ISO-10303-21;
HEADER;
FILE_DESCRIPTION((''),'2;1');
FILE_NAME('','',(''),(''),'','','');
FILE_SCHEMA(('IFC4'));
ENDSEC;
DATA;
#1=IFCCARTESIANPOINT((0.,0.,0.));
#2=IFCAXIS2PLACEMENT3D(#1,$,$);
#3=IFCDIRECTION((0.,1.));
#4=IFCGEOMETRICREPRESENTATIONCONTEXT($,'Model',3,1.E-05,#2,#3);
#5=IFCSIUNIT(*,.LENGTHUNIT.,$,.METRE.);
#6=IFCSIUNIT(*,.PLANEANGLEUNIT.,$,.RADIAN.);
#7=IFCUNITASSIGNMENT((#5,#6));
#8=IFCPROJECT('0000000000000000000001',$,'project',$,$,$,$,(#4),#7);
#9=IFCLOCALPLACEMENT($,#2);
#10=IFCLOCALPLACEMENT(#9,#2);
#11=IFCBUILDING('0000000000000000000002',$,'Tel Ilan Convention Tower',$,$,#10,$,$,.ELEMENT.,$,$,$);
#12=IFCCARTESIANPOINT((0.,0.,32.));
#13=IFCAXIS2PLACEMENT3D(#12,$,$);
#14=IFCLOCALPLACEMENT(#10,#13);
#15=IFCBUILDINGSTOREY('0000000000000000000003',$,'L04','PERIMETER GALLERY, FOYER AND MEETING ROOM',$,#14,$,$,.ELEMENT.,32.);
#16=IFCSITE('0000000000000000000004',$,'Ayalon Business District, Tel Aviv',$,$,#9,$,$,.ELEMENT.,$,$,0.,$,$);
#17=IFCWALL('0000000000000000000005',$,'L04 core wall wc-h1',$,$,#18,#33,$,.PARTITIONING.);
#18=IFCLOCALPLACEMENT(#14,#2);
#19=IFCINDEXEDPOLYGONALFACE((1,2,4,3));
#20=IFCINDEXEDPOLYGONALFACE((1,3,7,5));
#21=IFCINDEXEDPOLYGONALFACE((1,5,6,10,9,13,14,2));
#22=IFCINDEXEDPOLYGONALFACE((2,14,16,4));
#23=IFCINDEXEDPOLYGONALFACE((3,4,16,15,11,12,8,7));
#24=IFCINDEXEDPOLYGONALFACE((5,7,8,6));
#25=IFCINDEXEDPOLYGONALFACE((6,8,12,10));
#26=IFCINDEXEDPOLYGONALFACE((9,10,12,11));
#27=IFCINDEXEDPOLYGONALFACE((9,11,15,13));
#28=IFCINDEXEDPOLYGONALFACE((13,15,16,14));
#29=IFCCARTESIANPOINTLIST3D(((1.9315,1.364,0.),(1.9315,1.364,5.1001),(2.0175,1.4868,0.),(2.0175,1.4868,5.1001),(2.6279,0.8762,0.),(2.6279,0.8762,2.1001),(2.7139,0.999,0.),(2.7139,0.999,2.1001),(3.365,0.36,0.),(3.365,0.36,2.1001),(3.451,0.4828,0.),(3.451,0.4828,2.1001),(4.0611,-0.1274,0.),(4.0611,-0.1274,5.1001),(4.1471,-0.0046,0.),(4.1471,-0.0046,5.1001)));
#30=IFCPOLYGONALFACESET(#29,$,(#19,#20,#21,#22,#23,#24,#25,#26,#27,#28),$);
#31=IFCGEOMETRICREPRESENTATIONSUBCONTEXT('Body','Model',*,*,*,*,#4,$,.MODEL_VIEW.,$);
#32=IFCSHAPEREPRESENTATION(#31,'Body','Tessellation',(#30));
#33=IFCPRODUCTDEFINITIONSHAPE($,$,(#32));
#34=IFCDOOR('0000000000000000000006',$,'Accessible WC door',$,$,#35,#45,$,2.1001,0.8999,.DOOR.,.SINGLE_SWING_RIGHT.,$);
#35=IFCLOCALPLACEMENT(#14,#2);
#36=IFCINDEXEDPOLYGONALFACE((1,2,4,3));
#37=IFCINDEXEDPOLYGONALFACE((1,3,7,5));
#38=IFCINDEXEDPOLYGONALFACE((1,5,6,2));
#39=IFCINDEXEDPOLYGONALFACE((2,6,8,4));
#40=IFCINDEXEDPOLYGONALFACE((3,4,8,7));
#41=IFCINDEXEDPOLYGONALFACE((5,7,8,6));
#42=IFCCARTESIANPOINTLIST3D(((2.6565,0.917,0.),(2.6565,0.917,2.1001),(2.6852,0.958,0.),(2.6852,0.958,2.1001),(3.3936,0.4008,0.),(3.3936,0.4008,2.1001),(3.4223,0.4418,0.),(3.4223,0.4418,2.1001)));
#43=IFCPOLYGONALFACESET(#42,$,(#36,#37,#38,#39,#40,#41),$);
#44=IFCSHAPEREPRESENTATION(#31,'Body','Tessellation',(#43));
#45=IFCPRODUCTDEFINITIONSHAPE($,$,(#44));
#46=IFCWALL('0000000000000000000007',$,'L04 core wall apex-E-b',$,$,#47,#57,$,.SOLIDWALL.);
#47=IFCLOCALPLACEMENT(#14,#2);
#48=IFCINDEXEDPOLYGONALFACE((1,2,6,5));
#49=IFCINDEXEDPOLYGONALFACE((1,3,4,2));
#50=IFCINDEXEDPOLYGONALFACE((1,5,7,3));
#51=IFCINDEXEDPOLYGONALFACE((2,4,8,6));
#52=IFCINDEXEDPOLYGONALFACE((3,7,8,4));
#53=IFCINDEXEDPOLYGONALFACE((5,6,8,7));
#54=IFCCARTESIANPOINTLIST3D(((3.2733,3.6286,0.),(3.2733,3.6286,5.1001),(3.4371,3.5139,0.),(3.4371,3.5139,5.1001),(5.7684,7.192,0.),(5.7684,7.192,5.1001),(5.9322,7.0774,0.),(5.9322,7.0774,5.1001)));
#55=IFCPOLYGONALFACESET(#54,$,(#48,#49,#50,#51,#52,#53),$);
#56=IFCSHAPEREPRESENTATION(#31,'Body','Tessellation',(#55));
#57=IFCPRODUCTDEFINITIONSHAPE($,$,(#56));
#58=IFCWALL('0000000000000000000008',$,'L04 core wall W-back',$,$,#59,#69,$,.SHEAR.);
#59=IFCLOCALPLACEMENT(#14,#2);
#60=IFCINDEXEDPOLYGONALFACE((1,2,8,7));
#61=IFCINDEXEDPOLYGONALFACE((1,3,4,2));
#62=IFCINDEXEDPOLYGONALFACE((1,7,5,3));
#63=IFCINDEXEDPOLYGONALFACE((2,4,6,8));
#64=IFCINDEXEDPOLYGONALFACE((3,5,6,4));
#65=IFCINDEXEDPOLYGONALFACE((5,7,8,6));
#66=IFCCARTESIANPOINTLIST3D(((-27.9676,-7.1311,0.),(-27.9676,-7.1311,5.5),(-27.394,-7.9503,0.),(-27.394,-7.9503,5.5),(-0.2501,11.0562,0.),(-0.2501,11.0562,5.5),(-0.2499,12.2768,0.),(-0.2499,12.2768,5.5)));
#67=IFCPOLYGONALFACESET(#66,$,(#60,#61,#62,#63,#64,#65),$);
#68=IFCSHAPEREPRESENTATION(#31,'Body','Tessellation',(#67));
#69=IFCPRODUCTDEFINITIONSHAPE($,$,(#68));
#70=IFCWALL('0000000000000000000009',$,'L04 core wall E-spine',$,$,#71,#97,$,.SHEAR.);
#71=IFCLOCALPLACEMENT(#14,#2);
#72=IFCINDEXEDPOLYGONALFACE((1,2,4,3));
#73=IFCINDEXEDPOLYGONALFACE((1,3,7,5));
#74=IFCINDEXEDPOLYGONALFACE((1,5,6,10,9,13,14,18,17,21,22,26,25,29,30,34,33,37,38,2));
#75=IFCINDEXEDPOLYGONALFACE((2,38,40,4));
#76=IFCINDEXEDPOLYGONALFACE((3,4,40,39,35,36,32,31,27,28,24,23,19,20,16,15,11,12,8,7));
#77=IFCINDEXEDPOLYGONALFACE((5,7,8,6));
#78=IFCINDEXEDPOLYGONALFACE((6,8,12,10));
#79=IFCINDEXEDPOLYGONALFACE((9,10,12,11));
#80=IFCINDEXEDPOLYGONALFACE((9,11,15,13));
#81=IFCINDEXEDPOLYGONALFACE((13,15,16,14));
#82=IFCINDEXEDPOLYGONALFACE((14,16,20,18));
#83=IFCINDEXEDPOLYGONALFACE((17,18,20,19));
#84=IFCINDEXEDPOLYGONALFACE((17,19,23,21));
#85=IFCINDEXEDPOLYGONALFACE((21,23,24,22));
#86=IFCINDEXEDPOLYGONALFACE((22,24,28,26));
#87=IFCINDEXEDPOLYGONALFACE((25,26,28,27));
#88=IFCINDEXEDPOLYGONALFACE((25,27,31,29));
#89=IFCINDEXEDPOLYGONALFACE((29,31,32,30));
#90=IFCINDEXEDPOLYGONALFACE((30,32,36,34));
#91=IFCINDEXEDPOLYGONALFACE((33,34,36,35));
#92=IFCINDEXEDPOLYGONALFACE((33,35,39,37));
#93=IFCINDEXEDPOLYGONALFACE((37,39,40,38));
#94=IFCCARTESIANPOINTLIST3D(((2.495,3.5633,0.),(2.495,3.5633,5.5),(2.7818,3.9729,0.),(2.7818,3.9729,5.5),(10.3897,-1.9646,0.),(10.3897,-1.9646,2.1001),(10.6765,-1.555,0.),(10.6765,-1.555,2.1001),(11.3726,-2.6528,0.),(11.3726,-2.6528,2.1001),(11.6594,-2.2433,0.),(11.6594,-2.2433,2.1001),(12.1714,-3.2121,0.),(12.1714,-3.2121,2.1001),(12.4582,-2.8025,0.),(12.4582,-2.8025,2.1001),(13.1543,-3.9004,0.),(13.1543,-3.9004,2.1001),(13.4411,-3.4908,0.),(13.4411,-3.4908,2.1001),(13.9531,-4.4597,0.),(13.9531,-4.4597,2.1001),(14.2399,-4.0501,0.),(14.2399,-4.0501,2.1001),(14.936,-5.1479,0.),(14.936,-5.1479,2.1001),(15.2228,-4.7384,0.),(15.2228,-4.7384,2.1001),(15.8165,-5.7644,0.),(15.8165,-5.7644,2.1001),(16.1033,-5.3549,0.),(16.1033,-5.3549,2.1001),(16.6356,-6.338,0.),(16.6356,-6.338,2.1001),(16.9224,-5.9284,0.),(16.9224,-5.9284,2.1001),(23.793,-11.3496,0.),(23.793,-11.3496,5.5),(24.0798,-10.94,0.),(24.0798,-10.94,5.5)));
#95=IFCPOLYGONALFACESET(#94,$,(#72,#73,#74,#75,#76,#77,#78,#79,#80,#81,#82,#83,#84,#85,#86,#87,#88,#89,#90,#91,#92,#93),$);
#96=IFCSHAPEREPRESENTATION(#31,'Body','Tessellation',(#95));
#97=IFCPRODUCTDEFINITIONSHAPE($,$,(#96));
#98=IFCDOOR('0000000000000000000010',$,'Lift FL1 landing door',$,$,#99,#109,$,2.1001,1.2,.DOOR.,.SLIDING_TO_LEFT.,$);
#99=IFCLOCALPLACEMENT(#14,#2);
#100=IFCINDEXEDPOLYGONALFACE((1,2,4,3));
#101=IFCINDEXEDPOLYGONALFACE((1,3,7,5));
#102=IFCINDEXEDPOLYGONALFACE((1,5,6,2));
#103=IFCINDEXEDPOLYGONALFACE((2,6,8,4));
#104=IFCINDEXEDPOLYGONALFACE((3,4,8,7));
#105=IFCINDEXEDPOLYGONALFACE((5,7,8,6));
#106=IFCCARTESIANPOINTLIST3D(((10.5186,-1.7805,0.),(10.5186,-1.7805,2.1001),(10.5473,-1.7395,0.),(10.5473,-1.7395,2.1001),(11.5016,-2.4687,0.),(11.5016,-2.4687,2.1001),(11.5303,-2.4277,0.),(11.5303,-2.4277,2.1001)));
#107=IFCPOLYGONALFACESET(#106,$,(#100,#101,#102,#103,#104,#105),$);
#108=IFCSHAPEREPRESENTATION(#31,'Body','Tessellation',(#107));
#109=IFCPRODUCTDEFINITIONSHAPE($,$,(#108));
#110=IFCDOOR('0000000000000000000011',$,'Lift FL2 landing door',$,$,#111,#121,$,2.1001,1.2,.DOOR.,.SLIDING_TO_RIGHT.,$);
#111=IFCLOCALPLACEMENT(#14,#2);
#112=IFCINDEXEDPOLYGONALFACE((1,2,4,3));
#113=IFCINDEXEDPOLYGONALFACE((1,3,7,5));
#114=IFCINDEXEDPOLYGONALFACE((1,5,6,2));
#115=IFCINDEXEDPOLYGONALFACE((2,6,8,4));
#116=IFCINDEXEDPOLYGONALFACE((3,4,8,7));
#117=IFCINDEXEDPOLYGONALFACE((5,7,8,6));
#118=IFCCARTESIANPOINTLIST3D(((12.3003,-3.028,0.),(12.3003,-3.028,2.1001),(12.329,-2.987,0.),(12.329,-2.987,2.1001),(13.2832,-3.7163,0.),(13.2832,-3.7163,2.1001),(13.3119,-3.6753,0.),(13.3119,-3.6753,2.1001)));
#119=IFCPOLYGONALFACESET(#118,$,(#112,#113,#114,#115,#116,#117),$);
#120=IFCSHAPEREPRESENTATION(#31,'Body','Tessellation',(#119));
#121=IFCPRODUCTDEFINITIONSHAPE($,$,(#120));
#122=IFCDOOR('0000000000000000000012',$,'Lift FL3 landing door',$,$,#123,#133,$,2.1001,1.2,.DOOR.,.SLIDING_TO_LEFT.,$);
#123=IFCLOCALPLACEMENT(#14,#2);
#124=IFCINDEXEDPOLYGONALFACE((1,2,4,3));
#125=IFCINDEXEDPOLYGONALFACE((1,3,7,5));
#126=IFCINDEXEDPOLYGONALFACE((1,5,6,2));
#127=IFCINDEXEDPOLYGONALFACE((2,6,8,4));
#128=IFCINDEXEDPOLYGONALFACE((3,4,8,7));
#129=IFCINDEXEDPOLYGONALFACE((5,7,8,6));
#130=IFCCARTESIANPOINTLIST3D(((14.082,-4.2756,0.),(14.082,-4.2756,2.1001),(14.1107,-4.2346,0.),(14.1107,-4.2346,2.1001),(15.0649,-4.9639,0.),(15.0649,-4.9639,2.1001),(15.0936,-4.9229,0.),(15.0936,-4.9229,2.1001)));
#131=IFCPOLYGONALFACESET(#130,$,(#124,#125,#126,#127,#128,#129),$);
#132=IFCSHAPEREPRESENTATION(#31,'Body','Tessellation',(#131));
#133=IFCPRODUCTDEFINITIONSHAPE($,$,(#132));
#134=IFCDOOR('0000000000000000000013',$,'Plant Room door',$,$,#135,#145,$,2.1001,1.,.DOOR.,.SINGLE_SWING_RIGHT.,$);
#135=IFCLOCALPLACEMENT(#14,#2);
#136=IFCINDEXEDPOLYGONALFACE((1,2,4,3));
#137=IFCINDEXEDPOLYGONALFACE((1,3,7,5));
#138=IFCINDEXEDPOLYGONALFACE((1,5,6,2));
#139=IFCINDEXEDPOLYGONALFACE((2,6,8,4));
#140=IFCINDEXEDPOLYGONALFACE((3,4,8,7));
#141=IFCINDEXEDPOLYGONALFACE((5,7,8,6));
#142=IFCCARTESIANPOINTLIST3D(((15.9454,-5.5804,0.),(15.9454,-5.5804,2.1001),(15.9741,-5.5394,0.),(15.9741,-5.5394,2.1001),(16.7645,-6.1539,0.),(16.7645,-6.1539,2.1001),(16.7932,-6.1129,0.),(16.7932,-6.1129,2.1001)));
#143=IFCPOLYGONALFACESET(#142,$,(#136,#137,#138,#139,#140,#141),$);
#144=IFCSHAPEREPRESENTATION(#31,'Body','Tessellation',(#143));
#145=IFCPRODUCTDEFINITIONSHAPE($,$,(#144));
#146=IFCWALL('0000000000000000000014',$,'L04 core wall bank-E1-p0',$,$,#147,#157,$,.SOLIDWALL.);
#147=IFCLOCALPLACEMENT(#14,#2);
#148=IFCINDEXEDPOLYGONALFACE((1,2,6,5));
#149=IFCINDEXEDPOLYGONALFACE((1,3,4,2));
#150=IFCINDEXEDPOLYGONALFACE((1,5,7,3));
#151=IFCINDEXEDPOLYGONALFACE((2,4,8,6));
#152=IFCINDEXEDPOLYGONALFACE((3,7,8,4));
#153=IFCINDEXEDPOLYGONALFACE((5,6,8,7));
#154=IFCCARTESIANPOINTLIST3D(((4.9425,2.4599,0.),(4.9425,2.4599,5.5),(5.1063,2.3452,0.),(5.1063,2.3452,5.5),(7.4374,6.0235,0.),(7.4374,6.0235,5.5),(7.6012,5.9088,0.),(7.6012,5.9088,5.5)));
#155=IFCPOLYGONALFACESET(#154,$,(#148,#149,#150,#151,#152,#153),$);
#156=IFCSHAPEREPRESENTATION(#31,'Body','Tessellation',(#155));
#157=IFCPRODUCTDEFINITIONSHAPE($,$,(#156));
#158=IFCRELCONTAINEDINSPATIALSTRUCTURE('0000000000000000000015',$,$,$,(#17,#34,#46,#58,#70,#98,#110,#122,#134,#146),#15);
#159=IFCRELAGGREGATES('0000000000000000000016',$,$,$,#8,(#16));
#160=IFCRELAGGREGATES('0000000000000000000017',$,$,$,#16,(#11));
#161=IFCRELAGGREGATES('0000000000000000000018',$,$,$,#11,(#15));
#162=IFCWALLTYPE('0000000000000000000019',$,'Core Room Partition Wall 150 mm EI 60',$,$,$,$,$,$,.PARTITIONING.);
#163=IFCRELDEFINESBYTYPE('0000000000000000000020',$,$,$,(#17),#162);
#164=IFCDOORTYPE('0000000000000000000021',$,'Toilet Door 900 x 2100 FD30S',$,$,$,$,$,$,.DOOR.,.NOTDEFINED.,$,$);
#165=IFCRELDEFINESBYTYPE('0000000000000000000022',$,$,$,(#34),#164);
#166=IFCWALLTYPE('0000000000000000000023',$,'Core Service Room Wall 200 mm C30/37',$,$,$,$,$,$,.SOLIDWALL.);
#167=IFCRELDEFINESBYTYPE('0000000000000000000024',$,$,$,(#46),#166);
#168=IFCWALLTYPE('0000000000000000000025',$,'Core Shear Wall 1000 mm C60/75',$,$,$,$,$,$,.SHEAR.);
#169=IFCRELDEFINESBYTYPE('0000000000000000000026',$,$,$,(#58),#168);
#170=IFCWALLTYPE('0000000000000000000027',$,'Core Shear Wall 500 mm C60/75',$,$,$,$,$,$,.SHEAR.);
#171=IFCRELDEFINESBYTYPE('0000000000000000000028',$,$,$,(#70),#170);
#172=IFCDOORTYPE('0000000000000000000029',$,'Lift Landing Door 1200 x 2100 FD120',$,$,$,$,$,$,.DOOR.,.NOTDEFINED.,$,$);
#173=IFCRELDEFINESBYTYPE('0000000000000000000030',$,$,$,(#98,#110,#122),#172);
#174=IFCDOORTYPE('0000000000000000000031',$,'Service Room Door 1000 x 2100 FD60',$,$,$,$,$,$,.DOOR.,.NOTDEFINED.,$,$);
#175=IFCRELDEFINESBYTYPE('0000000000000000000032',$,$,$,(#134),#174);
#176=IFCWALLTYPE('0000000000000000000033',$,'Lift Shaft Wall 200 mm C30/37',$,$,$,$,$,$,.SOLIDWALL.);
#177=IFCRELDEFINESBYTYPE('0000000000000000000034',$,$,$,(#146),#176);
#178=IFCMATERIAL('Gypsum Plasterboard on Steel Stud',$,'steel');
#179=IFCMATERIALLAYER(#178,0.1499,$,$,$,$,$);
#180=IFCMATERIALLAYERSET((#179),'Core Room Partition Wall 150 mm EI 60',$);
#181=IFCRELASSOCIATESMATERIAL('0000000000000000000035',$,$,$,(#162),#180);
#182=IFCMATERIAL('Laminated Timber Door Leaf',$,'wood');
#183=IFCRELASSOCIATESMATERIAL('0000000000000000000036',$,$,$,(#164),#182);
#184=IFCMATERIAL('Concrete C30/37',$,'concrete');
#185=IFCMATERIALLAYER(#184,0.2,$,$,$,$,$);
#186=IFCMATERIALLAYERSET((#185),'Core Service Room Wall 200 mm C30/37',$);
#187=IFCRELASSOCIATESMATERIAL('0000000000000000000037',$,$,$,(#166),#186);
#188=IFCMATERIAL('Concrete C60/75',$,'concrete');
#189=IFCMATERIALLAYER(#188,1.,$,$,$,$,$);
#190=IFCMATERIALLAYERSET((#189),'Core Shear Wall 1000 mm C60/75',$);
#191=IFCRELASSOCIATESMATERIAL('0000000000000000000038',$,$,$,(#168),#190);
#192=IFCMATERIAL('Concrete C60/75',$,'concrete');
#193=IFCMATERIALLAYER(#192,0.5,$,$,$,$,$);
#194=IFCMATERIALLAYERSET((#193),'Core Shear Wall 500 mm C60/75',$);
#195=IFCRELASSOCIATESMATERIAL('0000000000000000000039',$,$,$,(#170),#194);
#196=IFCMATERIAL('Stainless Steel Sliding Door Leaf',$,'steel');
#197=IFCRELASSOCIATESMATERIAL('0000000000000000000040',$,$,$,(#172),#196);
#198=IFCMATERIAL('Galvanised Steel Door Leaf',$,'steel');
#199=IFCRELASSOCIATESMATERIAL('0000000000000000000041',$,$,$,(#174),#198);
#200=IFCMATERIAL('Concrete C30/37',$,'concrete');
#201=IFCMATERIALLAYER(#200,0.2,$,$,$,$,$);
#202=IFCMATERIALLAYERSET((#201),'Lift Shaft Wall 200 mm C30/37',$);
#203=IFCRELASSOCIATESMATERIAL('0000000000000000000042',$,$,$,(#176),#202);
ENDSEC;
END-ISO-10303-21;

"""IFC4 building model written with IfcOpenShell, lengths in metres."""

from ifc_helpers import new_model, si_unit, direction, frame, frame_2d, origin, place, context, subcontext, project, spatial, polyline, rectangle, outline, extrude, material, layer, layer_set, type_object, element, fill, save


model = new_model("IFC4")

# Units and contexts
model_context = context("Model", 3, precision=1e-05, world=origin(), true_north=direction((0.0, 1.0)))
body_context = subcontext(model_context, "Body", "Model", "MODEL_VIEW")
ifc_project = project(units=[si_unit("LENGTHUNIT", "METRE"), si_unit("PLANEANGLEUNIT", "RADIAN")], contexts=[model_context])

# Site, building, storey
site_placement = place(None, origin())
site = spatial("IfcSite", under=ifc_project, at=site_placement, Name="Ayalon Business District, Tel Aviv", CompositionType="ELEMENT", RefElevation=0.0)
building_placement = place(site_placement, origin())
building = spatial("IfcBuilding", under=site, at=building_placement, Name="Tel Ilan Convention Tower", CompositionType="ELEMENT")
storey_placement = place(building_placement, frame((0.0, 0.0, 32.0)))
storey = spatial("IfcBuildingStorey", under=building, at=storey_placement, Name="L04", Description="PERIMETER GALLERY, FOYER AND MEETING ROOM", CompositionType="ELEMENT", Elevation=32.0)

# Wall, opening, door
ifc_material_1 = material(Name="Gypsum Plasterboard on Steel Stud", Category="steel")
ifc_layer_1 = layer(ifc_material_1, 0.1499)
ifc_layer_set_1 = layer_set([ifc_layer_1], Name="Core Room Partition Wall 150 mm EI 60")
wall_type_1 = type_object("IfcWallType", Name="Core Room Partition Wall 150 mm EI 60", PredefinedType="PARTITIONING", material=ifc_layer_set_1)
wall_1_placement = place(storey_placement, frame((1.9746, 1.4253, 0.0), z_axis=(0.0, 0.0, 1.0), x_axis=(0.819104, -0.573645, 0.0)))
wall_1 = element("IfcWall", 1, at=wall_1_placement, inside=storey, type_object=wall_type_1, Name="L04 core wall wc-h1", PredefinedType="PARTITIONING", context=body_context, shape_type="SweptSolid", body=[
    extrude(rectangle(XDim=2.5999, YDim=0.1499, at=frame_2d((1.2998, 0.0))), origin(), (0.0, 0.0, 1.0), 5.1001),
])
opening_1_placement = place(wall_1_placement, frame((0.8501, 0.0, 0.0)))
opening_1 = element("IfcOpeningElement", 2, at=opening_1_placement, cuts=wall_1, PredefinedType="OPENING", context=body_context, shape_type="SweptSolid", body=[
    extrude(rectangle(XDim=0.8999, YDim=2.1001, at=frame_2d((0.45, 1.05))), frame((0.0, 0.085, 0.0), z_axis=(0.0, -1.0, 0.0), x_axis=(1.0, 0.0, 0.0)), (0.0, 0.0, 1.0), 0.1699),
])
ifc_material_2 = material(Name="Laminated Timber Door Leaf", Category="wood")
door_type_1 = type_object("IfcDoorType", Name="Toilet Door 900 x 2100 FD30S", OperationType="NOTDEFINED", PredefinedType="DOOR", material=ifc_material_2)
door_1_placement = place(opening_1_placement, origin())
door_1 = element("IfcDoor", 3, at=door_1_placement, inside=storey, type_object=door_type_1, Name="Accessible WC door", OperationType="SINGLE_SWING_RIGHT", OverallHeight=2.1001, OverallWidth=0.8999, PredefinedType="DOOR", context=body_context, shape_type="SweptSolid", body=[
    extrude(rectangle(XDim=0.8999, YDim=2.1001, at=frame_2d((0.45, 1.05))), frame((0.0, 0.0249, 0.0), z_axis=(0.0, -1.0, 0.0), x_axis=(1.0, 0.0, 0.0)), (0.0, 0.0, 1.0), 0.05),
])
fill(opening_1, door_1)

# Walls
ifc_material_3 = material(Name="Concrete C30/37", Category="concrete")
ifc_layer_2 = layer(ifc_material_3, 0.2)
ifc_layer_set_2 = layer_set([ifc_layer_2], Name="Core Service Room Wall 200 mm C30/37")
wall_type_2 = type_object("IfcWallType", Name="Core Service Room Wall 200 mm C30/37", PredefinedType="SOLIDWALL", material=ifc_layer_set_2)
wall_2_placement = place(storey_placement, frame((3.3552, 3.5713, 0.0), z_axis=(0.0, 0.0, 1.0), x_axis=(0.573568, 0.819158, 0.0)))
element("IfcWall", 4, at=wall_2_placement, inside=storey, type_object=wall_type_2, Name="L04 core wall apex-E-b", PredefinedType="SOLIDWALL", context=body_context, shape_type="SweptSolid", body=[
    extrude(rectangle(XDim=4.3501, YDim=0.2, at=frame_2d((2.175, 0.0))), origin(), (0.0, 0.0, 1.0), 5.1001),
])
ifc_material_4 = material(Name="Concrete C60/75", Category="concrete")
ifc_layer_3 = layer(ifc_material_4, 1.0)
ifc_layer_set_3 = layer_set([ifc_layer_3], Name="Core Shear Wall 1000 mm C60/75")
wall_type_3 = type_object("IfcWallType", Name="Core Shear Wall 1000 mm C60/75", PredefinedType="SHEAR", material=ifc_layer_set_3)
wall_3_placement = place(storey_placement, frame((0.0369, 11.8672, 0.0), z_axis=(0.0, 0.0, 1.0), x_axis=(-0.819155, -0.573572, 0.0)))
element("IfcWall", 5, at=wall_3_placement, inside=storey, type_object=wall_type_3, Name="L04 core wall W-back", PredefinedType="SHEAR", context=body_context, shape_type="SweptSolid", body=[
    extrude(outline(polyline([(33.8369, 0.5), (0.7002, 0.4998), (0.0, -0.5), (33.8369, -0.5), (33.8369, 0.5)])), origin(), (0.0, 0.0, 1.0), 5.5),
])

# Wall, openings, doors
ifc_material_5 = material(Name="Concrete C60/75", Category="concrete")
ifc_layer_4 = layer(ifc_material_5, 0.5)
ifc_layer_set_4 = layer_set([ifc_layer_4], Name="Core Shear Wall 500 mm C60/75")
wall_type_4 = type_object("IfcWallType", Name="Core Shear Wall 500 mm C60/75", PredefinedType="SHEAR", material=ifc_layer_set_4)
wall_4_placement = place(storey_placement, frame((2.6384, 3.7681, 0.0), z_axis=(0.0, 0.0, 1.0), x_axis=(0.819149, -0.573581, 0.0)))
wall_4 = element("IfcWall", 6, at=wall_4_placement, inside=storey, type_object=wall_type_4, Name="L04 core wall E-spine", PredefinedType="SHEAR", context=body_context, shape_type="SweptSolid", body=[
    extrude(outline(polyline([(0.0, 0.25), (0.0, -0.25), (26.0, -0.2498), (26.0, 0.2502), (0.0, 0.25)])), origin(), (0.0, 0.0, 1.0), 5.5),
])
opening_2_placement = place(wall_4_placement, frame((9.6375, 0.0, 0.0)))
opening_2 = element("IfcOpeningElement", 7, at=opening_2_placement, cuts=wall_4, PredefinedType="OPENING", context=body_context, shape_type="SweptSolid", body=[
    extrude(rectangle(XDim=1.2, YDim=2.1001, at=frame_2d((0.6001, 1.05))), frame((0.0, 0.26, 0.0), z_axis=(0.0, -1.0, 0.0), x_axis=(1.0, 0.0, 0.0)), (0.0, 0.0, 1.0), 0.52),
])
opening_3_placement = place(wall_4_placement, frame((11.8125, 0.0, 0.0)))
opening_3 = element("IfcOpeningElement", 8, at=opening_3_placement, cuts=wall_4, PredefinedType="OPENING", context=body_context, shape_type="SweptSolid", body=[
    extrude(rectangle(XDim=1.2, YDim=2.1001, at=frame_2d((0.6001, 1.05))), frame((0.0, 0.26, 0.0), z_axis=(0.0, -1.0, 0.0), x_axis=(1.0, 0.0, 0.0)), (0.0, 0.0, 1.0), 0.52),
])
opening_4_placement = place(wall_4_placement, frame((13.9875, 0.0, 0.0)))
opening_4 = element("IfcOpeningElement", 9, at=opening_4_placement, cuts=wall_4, PredefinedType="OPENING", context=body_context, shape_type="SweptSolid", body=[
    extrude(rectangle(XDim=1.2, YDim=2.1001, at=frame_2d((0.6001, 1.05))), frame((0.0, 0.26, 0.0), z_axis=(0.0, -1.0, 0.0), x_axis=(1.0, 0.0, 0.0)), (0.0, 0.0, 1.0), 0.52),
])
opening_5_placement = place(wall_4_placement, frame((16.2625, 0.0, 0.0)))
opening_5 = element("IfcOpeningElement", 10, at=opening_5_placement, cuts=wall_4, PredefinedType="OPENING", context=body_context, shape_type="SweptSolid", body=[
    extrude(rectangle(XDim=1.0, YDim=2.1001, at=frame_2d((0.5, 1.05))), frame((0.0, 0.26, 0.0), z_axis=(0.0, -1.0, 0.0), x_axis=(1.0, 0.0, 0.0)), (0.0, 0.0, 1.0), 0.52),
])
ifc_material_6 = material(Name="Stainless Steel Sliding Door Leaf", Category="steel")
door_type_2 = type_object("IfcDoorType", Name="Lift Landing Door 1200 x 2100 FD120", OperationType="NOTDEFINED", PredefinedType="DOOR", material=ifc_material_6)
door_2_placement = place(opening_2_placement, origin())
door_2 = element("IfcDoor", 11, at=door_2_placement, inside=storey, type_object=door_type_2, Name="Lift FL1 landing door", OperationType="SLIDING_TO_LEFT", OverallHeight=2.1001, OverallWidth=1.2, PredefinedType="DOOR", context=body_context, shape_type="SweptSolid", body=[
    extrude(rectangle(XDim=1.2, YDim=2.1001, at=frame_2d((0.6001, 1.05))), frame((0.0, 0.0249, 0.0), z_axis=(0.0, -1.0, 0.0), x_axis=(1.0, 0.0, 0.0)), (0.0, 0.0, 1.0), 0.05),
])
fill(opening_2, door_2)
door_3_placement = place(opening_3_placement, origin())
door_3 = element("IfcDoor", 12, at=door_3_placement, inside=storey, type_object=door_type_2, Name="Lift FL2 landing door", OperationType="SLIDING_TO_RIGHT", OverallHeight=2.1001, OverallWidth=1.2, PredefinedType="DOOR", context=body_context, shape_type="SweptSolid", body=[
    extrude(rectangle(XDim=1.2, YDim=2.1001, at=frame_2d((0.6001, 1.05))), frame((0.0, 0.0249, 0.0), z_axis=(0.0, -1.0, 0.0), x_axis=(1.0, 0.0, 0.0)), (0.0, 0.0, 1.0), 0.05),
])
fill(opening_3, door_3)
door_4_placement = place(opening_4_placement, origin())
door_4 = element("IfcDoor", 13, at=door_4_placement, inside=storey, type_object=door_type_2, Name="Lift FL3 landing door", OperationType="SLIDING_TO_LEFT", OverallHeight=2.1001, OverallWidth=1.2, PredefinedType="DOOR", context=body_context, shape_type="SweptSolid", body=[
    extrude(rectangle(XDim=1.2, YDim=2.1001, at=frame_2d((0.6001, 1.05))), frame((0.0, 0.0249, 0.0), z_axis=(0.0, -1.0, 0.0), x_axis=(1.0, 0.0, 0.0)), (0.0, 0.0, 1.0), 0.05),
])
fill(opening_4, door_4)
ifc_material_7 = material(Name="Galvanised Steel Door Leaf", Category="steel")
door_type_3 = type_object("IfcDoorType", Name="Service Room Door 1000 x 2100 FD60", OperationType="NOTDEFINED", PredefinedType="DOOR", material=ifc_material_7)
door_5_placement = place(opening_5_placement, origin())
door_5 = element("IfcDoor", 14, at=door_5_placement, inside=storey, type_object=door_type_3, Name="Plant Room door", OperationType="SINGLE_SWING_RIGHT", OverallHeight=2.1001, OverallWidth=1.0, PredefinedType="DOOR", context=body_context, shape_type="SweptSolid", body=[
    extrude(rectangle(XDim=1.0, YDim=2.1001, at=frame_2d((0.5, 1.05))), frame((0.0, 0.0249, 0.0), z_axis=(0.0, -1.0, 0.0), x_axis=(1.0, 0.0, 0.0)), (0.0, 0.0, 1.0), 0.05),
])
fill(opening_5, door_5)

# Wall
ifc_material_8 = material(Name="Concrete C30/37", Category="concrete")
ifc_layer_5 = layer(ifc_material_8, 0.2)
ifc_layer_set_5 = layer_set([ifc_layer_5], Name="Lift Shaft Wall 200 mm C30/37")
wall_type_5 = type_object("IfcWallType", Name="Lift Shaft Wall 200 mm C30/37", PredefinedType="SOLIDWALL", material=ifc_layer_set_5)
wall_5_placement = place(storey_placement, frame((5.0244, 2.4026, 0.0), z_axis=(0.0, 0.0, 1.0), x_axis=(0.57353, 0.819184, 0.0)))
element("IfcWall", 15, at=wall_5_placement, inside=storey, type_object=wall_type_5, Name="L04 core wall bank-E1-p0", PredefinedType="SOLIDWALL", context=body_context, shape_type="SweptSolid", body=[
    extrude(rectangle(XDim=4.3501, YDim=0.2, at=frame_2d((2.175, 0.0))), origin(), (0.0, 0.0, 1.0), 5.5),
])

save(model, "model.ifc")
